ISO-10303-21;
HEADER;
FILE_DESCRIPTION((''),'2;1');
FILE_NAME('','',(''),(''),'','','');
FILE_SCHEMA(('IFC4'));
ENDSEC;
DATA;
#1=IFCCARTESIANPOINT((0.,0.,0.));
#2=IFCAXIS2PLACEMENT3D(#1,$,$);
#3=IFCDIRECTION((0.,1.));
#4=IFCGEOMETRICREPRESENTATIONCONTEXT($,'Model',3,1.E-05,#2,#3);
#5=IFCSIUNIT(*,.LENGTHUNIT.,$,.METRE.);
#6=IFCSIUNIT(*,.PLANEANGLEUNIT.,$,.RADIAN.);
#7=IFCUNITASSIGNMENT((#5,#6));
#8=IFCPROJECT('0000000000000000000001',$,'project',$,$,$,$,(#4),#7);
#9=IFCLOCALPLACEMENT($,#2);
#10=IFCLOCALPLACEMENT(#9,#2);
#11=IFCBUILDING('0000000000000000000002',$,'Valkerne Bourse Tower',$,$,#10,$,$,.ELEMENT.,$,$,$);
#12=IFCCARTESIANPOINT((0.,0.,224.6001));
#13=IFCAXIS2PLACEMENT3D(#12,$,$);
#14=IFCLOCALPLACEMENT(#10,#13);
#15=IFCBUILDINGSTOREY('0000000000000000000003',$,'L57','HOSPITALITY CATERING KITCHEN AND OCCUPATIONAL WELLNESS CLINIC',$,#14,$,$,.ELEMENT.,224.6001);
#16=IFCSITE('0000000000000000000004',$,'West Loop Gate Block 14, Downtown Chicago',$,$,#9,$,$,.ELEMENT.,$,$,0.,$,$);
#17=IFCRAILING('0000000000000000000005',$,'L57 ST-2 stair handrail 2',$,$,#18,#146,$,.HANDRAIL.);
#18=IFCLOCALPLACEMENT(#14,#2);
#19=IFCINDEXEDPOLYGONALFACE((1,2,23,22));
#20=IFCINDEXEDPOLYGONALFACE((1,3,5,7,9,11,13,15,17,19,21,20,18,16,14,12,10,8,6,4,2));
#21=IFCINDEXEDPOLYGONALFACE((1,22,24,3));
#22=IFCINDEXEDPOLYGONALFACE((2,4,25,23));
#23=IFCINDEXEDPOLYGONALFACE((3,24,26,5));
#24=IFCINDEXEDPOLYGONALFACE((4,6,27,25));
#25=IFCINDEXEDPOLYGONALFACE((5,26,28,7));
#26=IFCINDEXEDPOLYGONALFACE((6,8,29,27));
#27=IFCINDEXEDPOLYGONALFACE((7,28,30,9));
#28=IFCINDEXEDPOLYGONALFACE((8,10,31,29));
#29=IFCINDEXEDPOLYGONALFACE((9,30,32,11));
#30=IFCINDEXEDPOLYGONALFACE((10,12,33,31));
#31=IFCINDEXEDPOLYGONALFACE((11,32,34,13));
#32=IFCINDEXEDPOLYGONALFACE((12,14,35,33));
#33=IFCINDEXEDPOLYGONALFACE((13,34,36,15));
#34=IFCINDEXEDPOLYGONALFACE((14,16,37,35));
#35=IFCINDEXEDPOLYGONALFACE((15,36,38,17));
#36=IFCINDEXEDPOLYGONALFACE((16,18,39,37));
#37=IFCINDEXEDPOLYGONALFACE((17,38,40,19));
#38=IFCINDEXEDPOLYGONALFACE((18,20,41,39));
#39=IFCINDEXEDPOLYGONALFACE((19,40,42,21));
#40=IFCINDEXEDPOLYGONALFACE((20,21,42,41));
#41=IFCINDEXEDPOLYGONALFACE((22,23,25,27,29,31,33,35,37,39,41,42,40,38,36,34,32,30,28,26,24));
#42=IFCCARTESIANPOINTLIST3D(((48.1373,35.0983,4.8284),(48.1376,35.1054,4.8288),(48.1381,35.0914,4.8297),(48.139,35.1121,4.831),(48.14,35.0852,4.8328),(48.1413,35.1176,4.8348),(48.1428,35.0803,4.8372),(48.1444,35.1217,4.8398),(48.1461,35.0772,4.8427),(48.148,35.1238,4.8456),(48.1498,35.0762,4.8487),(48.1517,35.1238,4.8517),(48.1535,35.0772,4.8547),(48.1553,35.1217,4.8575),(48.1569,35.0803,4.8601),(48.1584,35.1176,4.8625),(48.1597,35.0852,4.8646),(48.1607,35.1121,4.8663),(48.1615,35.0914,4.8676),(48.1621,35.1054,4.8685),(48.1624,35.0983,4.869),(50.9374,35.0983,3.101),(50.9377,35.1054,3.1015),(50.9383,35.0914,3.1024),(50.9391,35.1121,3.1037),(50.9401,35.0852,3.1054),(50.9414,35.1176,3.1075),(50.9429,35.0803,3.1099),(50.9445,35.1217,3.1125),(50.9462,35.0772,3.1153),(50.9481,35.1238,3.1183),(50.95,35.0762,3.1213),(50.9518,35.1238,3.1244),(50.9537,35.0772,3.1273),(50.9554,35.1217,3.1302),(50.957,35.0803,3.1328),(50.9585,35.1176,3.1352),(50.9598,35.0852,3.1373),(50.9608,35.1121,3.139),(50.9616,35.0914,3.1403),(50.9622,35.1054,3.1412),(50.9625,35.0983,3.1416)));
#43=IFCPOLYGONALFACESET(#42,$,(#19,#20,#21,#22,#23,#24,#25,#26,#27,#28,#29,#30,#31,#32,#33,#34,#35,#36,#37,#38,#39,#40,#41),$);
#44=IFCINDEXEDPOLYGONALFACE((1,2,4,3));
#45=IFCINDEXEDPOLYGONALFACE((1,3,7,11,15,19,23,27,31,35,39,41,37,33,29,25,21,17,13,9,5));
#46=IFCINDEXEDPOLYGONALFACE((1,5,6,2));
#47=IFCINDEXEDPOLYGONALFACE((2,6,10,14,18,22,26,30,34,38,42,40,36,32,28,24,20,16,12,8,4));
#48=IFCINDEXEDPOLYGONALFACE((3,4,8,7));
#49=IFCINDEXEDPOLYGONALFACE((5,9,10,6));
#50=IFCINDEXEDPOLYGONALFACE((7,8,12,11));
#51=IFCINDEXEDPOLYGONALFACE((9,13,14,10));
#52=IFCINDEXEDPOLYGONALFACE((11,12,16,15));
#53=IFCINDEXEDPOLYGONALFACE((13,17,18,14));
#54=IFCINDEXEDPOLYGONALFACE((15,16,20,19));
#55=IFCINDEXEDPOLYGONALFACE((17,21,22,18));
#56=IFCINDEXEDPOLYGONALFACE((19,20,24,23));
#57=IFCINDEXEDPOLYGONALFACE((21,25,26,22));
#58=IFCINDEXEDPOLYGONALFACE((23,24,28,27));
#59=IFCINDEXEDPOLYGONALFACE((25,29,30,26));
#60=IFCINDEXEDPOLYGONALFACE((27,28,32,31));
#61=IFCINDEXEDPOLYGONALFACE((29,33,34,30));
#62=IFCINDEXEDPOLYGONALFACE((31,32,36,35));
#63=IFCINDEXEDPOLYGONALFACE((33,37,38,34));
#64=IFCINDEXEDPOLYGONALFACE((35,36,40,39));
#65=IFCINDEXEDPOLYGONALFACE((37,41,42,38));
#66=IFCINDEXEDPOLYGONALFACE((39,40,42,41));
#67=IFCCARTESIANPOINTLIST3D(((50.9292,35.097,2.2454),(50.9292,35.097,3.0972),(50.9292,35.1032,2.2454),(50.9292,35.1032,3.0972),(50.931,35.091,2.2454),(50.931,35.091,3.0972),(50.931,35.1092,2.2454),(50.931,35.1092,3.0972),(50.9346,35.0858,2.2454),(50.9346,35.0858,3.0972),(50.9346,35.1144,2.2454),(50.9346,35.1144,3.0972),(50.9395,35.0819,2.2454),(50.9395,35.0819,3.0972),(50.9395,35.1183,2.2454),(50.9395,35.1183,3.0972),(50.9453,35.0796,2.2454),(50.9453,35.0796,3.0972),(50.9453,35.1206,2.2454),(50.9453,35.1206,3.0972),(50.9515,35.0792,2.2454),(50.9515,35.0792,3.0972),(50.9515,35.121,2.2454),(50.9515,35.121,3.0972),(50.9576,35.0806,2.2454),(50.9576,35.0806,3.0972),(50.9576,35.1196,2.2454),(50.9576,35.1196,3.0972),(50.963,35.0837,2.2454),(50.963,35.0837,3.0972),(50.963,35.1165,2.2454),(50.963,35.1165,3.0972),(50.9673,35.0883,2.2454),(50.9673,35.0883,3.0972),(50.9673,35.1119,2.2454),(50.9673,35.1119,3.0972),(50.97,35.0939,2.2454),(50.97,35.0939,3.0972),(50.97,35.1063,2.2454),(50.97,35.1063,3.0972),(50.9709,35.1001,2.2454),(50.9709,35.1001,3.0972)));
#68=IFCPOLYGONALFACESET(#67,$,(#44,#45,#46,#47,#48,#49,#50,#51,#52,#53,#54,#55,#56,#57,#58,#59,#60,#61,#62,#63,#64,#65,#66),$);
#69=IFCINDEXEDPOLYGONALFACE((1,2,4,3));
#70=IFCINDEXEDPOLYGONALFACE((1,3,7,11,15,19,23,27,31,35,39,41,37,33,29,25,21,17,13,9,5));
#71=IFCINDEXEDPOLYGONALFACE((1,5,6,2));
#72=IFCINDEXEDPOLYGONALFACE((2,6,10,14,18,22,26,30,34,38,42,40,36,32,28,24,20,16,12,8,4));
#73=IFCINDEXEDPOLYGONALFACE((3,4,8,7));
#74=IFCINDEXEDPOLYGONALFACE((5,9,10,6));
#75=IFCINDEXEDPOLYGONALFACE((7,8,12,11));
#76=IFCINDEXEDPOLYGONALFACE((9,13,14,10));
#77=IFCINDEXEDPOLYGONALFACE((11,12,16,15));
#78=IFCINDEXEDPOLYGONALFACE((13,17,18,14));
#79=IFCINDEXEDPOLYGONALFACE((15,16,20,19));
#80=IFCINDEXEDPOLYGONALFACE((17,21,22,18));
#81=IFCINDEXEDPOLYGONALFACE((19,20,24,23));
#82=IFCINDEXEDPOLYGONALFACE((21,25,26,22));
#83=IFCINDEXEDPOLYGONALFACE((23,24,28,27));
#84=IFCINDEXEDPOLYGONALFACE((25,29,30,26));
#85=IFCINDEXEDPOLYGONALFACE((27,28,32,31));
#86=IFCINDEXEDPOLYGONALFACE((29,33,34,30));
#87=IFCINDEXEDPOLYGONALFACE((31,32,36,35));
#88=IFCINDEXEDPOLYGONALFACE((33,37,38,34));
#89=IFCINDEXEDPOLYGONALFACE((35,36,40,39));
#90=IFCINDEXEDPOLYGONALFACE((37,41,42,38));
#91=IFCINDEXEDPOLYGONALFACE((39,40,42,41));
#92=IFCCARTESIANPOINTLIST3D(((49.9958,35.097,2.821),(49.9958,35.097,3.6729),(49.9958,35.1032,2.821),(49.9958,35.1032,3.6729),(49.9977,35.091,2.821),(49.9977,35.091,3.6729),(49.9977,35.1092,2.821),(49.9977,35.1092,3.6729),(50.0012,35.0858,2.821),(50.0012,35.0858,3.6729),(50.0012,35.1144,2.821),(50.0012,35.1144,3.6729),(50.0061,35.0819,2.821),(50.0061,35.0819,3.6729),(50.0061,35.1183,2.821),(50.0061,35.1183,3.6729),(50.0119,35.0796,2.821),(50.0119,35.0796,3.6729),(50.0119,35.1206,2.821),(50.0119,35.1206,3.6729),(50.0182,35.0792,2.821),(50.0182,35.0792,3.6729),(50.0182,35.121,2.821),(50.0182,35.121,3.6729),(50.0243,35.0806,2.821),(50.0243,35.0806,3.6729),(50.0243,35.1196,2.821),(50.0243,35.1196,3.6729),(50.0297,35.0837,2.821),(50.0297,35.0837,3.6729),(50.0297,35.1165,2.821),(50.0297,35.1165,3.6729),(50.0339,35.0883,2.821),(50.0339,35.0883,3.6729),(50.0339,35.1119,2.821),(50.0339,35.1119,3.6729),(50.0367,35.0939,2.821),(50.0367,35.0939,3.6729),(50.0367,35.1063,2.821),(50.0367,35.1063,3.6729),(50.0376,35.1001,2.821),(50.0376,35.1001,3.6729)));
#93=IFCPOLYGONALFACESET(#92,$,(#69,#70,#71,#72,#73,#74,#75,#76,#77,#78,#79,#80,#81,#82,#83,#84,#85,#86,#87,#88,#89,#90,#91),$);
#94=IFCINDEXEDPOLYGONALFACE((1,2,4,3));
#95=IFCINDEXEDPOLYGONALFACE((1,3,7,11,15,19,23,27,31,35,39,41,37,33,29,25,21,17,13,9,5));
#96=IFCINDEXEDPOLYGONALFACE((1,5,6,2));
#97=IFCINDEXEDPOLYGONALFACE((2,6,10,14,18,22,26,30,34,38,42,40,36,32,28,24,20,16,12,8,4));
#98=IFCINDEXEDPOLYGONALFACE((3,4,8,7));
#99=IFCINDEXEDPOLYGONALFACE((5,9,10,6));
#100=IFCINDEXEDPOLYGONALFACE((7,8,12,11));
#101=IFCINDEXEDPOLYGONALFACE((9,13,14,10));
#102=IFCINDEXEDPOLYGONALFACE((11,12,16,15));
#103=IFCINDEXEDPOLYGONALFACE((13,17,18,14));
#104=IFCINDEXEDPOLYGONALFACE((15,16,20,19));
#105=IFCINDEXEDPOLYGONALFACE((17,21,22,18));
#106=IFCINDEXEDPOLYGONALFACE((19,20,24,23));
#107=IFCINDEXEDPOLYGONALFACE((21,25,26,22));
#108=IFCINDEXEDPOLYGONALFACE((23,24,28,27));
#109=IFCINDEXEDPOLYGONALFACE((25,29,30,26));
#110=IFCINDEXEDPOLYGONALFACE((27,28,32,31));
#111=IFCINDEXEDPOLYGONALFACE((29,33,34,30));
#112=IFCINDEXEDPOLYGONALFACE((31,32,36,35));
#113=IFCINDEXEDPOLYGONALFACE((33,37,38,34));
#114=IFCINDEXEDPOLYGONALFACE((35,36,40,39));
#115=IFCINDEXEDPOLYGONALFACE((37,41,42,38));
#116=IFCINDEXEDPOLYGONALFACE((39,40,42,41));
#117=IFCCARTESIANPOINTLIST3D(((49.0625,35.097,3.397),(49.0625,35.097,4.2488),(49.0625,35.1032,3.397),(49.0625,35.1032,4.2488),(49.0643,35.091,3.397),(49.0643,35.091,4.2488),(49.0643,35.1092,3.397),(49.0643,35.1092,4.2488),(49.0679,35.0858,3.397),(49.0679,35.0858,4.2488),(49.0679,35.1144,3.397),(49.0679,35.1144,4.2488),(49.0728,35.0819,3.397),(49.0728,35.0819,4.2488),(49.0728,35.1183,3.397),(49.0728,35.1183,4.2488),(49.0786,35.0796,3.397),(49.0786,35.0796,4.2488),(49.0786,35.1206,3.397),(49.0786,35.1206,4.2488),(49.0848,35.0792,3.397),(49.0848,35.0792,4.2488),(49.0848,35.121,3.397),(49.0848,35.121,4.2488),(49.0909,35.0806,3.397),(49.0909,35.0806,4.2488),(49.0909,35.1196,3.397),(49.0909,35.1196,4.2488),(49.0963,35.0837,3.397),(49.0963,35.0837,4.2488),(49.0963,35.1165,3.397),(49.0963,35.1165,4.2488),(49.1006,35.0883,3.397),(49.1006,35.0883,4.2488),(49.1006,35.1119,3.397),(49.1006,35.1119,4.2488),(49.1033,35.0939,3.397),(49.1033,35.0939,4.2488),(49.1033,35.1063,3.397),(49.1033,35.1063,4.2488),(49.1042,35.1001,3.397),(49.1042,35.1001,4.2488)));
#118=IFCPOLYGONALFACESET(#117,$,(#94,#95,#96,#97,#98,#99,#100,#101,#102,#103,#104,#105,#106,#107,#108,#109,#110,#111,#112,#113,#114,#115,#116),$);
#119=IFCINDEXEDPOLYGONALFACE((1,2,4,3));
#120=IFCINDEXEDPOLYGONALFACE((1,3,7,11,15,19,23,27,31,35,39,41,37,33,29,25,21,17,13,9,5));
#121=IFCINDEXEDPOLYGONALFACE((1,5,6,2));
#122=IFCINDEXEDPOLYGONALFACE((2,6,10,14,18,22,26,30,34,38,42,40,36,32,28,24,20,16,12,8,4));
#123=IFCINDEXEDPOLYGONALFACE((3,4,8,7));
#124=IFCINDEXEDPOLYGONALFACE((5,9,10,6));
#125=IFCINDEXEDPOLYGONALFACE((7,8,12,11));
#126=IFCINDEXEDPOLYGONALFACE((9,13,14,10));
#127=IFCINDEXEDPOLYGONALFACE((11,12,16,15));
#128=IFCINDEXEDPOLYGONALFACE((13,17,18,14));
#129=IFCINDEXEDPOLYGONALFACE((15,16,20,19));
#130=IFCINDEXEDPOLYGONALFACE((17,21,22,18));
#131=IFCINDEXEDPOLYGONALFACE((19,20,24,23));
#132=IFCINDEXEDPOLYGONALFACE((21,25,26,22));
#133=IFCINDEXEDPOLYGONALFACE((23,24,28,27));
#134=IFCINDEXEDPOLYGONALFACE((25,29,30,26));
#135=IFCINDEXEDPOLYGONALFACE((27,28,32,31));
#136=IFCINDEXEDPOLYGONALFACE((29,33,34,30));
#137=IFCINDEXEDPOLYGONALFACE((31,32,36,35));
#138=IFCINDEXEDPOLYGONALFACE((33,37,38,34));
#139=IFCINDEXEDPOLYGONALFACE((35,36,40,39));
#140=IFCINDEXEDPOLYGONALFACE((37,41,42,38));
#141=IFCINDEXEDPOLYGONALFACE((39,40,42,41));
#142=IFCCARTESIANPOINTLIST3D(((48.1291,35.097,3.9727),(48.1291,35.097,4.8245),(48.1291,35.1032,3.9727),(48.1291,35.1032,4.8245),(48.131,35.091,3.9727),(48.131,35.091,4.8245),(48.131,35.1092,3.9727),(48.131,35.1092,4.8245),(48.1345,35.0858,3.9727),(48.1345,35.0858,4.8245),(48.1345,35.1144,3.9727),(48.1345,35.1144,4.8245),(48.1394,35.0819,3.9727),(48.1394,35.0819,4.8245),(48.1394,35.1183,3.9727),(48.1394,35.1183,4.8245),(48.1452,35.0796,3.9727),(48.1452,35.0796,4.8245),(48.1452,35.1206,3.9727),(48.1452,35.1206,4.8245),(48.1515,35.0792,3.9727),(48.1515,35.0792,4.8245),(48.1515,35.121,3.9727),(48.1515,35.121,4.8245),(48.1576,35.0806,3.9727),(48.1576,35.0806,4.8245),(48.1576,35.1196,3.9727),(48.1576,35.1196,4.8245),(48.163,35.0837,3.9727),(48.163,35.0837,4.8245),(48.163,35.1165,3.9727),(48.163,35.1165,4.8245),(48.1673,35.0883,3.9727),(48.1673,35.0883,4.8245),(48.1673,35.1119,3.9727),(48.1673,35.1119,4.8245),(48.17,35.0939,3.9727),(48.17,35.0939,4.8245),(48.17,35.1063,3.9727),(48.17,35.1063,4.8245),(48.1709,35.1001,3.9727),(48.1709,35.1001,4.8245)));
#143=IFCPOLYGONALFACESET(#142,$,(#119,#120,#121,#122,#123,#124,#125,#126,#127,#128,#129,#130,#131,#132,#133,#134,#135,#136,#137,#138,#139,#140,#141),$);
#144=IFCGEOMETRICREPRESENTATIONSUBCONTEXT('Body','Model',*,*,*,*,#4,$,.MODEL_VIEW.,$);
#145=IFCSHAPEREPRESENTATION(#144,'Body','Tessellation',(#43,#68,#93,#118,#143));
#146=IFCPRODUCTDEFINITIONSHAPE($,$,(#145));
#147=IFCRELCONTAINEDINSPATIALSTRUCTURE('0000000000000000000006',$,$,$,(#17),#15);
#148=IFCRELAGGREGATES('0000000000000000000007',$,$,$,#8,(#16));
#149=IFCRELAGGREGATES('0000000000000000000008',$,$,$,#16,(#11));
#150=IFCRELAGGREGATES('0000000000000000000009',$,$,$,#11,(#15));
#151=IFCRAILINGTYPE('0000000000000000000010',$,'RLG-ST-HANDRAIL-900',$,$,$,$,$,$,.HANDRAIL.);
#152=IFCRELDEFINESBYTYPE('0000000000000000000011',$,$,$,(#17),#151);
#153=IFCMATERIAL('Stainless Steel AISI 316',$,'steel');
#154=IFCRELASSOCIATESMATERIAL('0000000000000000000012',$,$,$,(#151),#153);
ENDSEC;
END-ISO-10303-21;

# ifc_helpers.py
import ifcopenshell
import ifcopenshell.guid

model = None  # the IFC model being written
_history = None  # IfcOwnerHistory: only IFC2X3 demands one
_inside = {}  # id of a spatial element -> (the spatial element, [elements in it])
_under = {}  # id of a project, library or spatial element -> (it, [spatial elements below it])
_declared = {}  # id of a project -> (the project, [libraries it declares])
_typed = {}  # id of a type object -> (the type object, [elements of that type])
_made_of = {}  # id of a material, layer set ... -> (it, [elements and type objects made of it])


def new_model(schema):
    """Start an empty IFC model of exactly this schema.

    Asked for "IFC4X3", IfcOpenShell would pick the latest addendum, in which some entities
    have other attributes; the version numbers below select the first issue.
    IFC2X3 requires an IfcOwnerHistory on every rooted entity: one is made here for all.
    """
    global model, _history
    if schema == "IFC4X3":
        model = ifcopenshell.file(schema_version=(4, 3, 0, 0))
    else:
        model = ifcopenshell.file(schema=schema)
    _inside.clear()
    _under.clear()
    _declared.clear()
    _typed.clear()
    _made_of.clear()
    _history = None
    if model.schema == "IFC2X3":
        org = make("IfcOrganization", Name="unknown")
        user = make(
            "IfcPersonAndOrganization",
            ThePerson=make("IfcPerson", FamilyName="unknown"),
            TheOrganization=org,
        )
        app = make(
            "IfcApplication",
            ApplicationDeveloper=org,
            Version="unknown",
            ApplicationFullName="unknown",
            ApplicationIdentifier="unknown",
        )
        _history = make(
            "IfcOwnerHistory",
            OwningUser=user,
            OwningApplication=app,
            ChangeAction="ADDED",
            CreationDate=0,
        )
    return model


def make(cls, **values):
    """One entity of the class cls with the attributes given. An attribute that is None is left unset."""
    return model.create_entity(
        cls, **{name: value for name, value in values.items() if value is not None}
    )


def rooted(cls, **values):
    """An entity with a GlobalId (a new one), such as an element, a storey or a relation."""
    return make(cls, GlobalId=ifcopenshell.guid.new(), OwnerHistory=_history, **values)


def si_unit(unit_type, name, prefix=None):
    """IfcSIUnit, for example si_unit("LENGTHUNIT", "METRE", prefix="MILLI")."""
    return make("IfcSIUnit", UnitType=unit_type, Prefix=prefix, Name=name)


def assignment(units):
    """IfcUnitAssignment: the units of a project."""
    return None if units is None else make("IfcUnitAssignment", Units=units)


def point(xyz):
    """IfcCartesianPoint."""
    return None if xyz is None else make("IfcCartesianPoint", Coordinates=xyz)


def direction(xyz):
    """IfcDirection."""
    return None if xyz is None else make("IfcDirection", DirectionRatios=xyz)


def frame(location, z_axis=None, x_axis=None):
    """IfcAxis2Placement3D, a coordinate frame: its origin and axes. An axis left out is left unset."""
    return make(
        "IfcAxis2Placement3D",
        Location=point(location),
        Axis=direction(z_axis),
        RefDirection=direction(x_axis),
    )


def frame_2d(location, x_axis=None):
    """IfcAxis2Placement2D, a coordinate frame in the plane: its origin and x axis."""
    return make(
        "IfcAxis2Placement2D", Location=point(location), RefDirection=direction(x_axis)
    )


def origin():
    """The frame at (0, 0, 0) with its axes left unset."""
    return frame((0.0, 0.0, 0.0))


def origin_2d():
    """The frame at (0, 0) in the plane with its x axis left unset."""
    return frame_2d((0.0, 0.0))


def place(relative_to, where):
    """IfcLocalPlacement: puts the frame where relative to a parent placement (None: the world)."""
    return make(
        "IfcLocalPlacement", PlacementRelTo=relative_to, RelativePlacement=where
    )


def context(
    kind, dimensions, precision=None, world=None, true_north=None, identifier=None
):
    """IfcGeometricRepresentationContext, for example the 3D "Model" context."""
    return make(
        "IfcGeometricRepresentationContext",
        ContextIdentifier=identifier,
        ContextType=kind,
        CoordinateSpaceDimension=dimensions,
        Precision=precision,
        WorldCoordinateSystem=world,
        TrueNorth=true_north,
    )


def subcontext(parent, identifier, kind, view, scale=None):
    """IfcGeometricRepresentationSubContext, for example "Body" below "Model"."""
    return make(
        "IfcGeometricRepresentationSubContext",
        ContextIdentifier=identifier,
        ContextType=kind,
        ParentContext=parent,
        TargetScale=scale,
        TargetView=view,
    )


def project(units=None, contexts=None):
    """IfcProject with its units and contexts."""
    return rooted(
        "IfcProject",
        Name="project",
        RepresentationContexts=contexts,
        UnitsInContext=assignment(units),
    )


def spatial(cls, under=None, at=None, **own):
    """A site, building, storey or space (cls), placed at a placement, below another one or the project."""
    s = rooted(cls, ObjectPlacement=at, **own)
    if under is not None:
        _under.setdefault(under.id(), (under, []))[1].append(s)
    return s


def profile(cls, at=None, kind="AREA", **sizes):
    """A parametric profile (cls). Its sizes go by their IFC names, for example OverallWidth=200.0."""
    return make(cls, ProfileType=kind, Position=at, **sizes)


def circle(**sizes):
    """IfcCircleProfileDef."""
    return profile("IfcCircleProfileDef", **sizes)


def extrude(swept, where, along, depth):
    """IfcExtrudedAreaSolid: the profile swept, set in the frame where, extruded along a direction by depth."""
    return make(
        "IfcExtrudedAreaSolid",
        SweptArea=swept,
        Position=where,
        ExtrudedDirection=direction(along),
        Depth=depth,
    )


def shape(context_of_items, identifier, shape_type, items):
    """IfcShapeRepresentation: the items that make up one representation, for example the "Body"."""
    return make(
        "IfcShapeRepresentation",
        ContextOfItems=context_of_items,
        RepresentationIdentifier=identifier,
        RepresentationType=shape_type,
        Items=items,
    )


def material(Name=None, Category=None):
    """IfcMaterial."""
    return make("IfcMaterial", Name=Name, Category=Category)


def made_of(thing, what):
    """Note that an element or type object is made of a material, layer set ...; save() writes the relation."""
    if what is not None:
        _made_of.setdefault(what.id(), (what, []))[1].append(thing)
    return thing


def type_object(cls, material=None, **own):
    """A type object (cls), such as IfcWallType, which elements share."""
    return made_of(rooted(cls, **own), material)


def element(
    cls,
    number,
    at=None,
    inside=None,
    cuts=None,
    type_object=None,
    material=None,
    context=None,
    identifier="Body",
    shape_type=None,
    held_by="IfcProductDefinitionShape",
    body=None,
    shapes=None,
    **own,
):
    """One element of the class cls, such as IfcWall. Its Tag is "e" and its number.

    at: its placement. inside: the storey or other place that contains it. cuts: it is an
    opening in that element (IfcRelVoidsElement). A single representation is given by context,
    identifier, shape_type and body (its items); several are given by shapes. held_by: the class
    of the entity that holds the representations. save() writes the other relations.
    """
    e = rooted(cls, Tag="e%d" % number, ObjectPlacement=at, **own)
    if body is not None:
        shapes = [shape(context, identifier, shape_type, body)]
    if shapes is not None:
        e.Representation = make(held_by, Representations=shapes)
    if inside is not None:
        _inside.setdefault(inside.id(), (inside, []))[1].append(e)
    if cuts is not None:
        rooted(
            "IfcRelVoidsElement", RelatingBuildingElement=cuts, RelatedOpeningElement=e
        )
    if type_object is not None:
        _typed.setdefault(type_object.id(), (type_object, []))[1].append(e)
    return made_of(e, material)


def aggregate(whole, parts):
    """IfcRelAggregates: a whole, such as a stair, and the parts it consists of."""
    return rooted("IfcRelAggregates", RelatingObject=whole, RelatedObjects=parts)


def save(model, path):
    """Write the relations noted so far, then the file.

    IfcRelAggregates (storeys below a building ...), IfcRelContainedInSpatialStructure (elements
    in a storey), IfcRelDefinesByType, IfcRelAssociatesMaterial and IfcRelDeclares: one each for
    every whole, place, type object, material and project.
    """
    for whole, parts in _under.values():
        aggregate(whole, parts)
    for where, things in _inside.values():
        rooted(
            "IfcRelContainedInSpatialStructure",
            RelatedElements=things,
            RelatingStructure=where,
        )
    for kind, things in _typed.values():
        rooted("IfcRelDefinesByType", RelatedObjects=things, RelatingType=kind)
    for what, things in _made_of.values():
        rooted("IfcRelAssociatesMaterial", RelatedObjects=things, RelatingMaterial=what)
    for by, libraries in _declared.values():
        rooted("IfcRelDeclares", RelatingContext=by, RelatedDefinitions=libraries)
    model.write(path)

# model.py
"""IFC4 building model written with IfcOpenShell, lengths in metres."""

from ifc_helpers import new_model, si_unit, direction, frame, origin, origin_2d, place, context, subcontext, project, spatial, circle, extrude, material, type_object, element, save


model = new_model("IFC4")

# Units and contexts
model_context = context("Model", 3, precision=1e-05, world=origin(), true_north=direction((0.0, 1.0)))
body_context = subcontext(model_context, "Body", "Model", "MODEL_VIEW")
ifc_project = project(units=[si_unit("LENGTHUNIT", "METRE"), si_unit("PLANEANGLEUNIT", "RADIAN")], contexts=[model_context])

# Site, building, storey
site_placement = place(None, origin())
site = spatial("IfcSite", under=ifc_project, at=site_placement, Name="West Loop Gate Block 14, Downtown Chicago", CompositionType="ELEMENT", RefElevation=0.0)
building_placement = place(site_placement, origin())
building = spatial("IfcBuilding", under=site, at=building_placement, Name="Valkerne Bourse Tower", CompositionType="ELEMENT")
storey_placement = place(building_placement, frame((0.0, 0.0, 224.6001)))
storey = spatial("IfcBuildingStorey", under=building, at=storey_placement, Name="L57", Description="HOSPITALITY CATERING KITCHEN AND OCCUPATIONAL WELLNESS CLINIC", CompositionType="ELEMENT", Elevation=224.6001)

# Railing
ifc_material_1 = material(Name="Stainless Steel AISI 316", Category="steel")
railing_type_1 = type_object("IfcRailingType", Name="RLG-ST-HANDRAIL-900", PredefinedType="HANDRAIL", material=ifc_material_1)
railing_1_placement = place(storey_placement, frame((50.95, 35.1001, 2.2454)))
element("IfcRailing", 1, at=railing_1_placement, inside=storey, type_object=railing_type_1, Name="L57 ST-2 stair handrail 2", PredefinedType="HANDRAIL", context=body_context, shape_type="SweptSolid", body=[
    extrude(circle(Radius=0.0239, at=origin_2d()), frame((0.0, 0.0, 0.876), z_axis=(-0.85109, 0.0, 0.52502), x_axis=(0.0, -1.0, 0.0)), (0.0, 0.0, 1.0), 3.29),
    extrude(circle(Radius=0.021, at=origin_2d()), origin(), (0.0, 0.0, 1.0), 0.8518),
    extrude(circle(Radius=0.021, at=origin_2d()), frame((-0.9333, 0.0, 0.5757)), (0.0, 0.0, 1.0), 0.8518),
    extrude(circle(Radius=0.021, at=origin_2d()), frame((-1.8667, 0.0, 1.1516)), (0.0, 0.0, 1.0), 0.8518),
    extrude(circle(Radius=0.021, at=origin_2d()), frame((-2.8, 0.0, 1.7273)), (0.0, 0.0, 1.0), 0.8518),
])

save(model, "model.ifc")
